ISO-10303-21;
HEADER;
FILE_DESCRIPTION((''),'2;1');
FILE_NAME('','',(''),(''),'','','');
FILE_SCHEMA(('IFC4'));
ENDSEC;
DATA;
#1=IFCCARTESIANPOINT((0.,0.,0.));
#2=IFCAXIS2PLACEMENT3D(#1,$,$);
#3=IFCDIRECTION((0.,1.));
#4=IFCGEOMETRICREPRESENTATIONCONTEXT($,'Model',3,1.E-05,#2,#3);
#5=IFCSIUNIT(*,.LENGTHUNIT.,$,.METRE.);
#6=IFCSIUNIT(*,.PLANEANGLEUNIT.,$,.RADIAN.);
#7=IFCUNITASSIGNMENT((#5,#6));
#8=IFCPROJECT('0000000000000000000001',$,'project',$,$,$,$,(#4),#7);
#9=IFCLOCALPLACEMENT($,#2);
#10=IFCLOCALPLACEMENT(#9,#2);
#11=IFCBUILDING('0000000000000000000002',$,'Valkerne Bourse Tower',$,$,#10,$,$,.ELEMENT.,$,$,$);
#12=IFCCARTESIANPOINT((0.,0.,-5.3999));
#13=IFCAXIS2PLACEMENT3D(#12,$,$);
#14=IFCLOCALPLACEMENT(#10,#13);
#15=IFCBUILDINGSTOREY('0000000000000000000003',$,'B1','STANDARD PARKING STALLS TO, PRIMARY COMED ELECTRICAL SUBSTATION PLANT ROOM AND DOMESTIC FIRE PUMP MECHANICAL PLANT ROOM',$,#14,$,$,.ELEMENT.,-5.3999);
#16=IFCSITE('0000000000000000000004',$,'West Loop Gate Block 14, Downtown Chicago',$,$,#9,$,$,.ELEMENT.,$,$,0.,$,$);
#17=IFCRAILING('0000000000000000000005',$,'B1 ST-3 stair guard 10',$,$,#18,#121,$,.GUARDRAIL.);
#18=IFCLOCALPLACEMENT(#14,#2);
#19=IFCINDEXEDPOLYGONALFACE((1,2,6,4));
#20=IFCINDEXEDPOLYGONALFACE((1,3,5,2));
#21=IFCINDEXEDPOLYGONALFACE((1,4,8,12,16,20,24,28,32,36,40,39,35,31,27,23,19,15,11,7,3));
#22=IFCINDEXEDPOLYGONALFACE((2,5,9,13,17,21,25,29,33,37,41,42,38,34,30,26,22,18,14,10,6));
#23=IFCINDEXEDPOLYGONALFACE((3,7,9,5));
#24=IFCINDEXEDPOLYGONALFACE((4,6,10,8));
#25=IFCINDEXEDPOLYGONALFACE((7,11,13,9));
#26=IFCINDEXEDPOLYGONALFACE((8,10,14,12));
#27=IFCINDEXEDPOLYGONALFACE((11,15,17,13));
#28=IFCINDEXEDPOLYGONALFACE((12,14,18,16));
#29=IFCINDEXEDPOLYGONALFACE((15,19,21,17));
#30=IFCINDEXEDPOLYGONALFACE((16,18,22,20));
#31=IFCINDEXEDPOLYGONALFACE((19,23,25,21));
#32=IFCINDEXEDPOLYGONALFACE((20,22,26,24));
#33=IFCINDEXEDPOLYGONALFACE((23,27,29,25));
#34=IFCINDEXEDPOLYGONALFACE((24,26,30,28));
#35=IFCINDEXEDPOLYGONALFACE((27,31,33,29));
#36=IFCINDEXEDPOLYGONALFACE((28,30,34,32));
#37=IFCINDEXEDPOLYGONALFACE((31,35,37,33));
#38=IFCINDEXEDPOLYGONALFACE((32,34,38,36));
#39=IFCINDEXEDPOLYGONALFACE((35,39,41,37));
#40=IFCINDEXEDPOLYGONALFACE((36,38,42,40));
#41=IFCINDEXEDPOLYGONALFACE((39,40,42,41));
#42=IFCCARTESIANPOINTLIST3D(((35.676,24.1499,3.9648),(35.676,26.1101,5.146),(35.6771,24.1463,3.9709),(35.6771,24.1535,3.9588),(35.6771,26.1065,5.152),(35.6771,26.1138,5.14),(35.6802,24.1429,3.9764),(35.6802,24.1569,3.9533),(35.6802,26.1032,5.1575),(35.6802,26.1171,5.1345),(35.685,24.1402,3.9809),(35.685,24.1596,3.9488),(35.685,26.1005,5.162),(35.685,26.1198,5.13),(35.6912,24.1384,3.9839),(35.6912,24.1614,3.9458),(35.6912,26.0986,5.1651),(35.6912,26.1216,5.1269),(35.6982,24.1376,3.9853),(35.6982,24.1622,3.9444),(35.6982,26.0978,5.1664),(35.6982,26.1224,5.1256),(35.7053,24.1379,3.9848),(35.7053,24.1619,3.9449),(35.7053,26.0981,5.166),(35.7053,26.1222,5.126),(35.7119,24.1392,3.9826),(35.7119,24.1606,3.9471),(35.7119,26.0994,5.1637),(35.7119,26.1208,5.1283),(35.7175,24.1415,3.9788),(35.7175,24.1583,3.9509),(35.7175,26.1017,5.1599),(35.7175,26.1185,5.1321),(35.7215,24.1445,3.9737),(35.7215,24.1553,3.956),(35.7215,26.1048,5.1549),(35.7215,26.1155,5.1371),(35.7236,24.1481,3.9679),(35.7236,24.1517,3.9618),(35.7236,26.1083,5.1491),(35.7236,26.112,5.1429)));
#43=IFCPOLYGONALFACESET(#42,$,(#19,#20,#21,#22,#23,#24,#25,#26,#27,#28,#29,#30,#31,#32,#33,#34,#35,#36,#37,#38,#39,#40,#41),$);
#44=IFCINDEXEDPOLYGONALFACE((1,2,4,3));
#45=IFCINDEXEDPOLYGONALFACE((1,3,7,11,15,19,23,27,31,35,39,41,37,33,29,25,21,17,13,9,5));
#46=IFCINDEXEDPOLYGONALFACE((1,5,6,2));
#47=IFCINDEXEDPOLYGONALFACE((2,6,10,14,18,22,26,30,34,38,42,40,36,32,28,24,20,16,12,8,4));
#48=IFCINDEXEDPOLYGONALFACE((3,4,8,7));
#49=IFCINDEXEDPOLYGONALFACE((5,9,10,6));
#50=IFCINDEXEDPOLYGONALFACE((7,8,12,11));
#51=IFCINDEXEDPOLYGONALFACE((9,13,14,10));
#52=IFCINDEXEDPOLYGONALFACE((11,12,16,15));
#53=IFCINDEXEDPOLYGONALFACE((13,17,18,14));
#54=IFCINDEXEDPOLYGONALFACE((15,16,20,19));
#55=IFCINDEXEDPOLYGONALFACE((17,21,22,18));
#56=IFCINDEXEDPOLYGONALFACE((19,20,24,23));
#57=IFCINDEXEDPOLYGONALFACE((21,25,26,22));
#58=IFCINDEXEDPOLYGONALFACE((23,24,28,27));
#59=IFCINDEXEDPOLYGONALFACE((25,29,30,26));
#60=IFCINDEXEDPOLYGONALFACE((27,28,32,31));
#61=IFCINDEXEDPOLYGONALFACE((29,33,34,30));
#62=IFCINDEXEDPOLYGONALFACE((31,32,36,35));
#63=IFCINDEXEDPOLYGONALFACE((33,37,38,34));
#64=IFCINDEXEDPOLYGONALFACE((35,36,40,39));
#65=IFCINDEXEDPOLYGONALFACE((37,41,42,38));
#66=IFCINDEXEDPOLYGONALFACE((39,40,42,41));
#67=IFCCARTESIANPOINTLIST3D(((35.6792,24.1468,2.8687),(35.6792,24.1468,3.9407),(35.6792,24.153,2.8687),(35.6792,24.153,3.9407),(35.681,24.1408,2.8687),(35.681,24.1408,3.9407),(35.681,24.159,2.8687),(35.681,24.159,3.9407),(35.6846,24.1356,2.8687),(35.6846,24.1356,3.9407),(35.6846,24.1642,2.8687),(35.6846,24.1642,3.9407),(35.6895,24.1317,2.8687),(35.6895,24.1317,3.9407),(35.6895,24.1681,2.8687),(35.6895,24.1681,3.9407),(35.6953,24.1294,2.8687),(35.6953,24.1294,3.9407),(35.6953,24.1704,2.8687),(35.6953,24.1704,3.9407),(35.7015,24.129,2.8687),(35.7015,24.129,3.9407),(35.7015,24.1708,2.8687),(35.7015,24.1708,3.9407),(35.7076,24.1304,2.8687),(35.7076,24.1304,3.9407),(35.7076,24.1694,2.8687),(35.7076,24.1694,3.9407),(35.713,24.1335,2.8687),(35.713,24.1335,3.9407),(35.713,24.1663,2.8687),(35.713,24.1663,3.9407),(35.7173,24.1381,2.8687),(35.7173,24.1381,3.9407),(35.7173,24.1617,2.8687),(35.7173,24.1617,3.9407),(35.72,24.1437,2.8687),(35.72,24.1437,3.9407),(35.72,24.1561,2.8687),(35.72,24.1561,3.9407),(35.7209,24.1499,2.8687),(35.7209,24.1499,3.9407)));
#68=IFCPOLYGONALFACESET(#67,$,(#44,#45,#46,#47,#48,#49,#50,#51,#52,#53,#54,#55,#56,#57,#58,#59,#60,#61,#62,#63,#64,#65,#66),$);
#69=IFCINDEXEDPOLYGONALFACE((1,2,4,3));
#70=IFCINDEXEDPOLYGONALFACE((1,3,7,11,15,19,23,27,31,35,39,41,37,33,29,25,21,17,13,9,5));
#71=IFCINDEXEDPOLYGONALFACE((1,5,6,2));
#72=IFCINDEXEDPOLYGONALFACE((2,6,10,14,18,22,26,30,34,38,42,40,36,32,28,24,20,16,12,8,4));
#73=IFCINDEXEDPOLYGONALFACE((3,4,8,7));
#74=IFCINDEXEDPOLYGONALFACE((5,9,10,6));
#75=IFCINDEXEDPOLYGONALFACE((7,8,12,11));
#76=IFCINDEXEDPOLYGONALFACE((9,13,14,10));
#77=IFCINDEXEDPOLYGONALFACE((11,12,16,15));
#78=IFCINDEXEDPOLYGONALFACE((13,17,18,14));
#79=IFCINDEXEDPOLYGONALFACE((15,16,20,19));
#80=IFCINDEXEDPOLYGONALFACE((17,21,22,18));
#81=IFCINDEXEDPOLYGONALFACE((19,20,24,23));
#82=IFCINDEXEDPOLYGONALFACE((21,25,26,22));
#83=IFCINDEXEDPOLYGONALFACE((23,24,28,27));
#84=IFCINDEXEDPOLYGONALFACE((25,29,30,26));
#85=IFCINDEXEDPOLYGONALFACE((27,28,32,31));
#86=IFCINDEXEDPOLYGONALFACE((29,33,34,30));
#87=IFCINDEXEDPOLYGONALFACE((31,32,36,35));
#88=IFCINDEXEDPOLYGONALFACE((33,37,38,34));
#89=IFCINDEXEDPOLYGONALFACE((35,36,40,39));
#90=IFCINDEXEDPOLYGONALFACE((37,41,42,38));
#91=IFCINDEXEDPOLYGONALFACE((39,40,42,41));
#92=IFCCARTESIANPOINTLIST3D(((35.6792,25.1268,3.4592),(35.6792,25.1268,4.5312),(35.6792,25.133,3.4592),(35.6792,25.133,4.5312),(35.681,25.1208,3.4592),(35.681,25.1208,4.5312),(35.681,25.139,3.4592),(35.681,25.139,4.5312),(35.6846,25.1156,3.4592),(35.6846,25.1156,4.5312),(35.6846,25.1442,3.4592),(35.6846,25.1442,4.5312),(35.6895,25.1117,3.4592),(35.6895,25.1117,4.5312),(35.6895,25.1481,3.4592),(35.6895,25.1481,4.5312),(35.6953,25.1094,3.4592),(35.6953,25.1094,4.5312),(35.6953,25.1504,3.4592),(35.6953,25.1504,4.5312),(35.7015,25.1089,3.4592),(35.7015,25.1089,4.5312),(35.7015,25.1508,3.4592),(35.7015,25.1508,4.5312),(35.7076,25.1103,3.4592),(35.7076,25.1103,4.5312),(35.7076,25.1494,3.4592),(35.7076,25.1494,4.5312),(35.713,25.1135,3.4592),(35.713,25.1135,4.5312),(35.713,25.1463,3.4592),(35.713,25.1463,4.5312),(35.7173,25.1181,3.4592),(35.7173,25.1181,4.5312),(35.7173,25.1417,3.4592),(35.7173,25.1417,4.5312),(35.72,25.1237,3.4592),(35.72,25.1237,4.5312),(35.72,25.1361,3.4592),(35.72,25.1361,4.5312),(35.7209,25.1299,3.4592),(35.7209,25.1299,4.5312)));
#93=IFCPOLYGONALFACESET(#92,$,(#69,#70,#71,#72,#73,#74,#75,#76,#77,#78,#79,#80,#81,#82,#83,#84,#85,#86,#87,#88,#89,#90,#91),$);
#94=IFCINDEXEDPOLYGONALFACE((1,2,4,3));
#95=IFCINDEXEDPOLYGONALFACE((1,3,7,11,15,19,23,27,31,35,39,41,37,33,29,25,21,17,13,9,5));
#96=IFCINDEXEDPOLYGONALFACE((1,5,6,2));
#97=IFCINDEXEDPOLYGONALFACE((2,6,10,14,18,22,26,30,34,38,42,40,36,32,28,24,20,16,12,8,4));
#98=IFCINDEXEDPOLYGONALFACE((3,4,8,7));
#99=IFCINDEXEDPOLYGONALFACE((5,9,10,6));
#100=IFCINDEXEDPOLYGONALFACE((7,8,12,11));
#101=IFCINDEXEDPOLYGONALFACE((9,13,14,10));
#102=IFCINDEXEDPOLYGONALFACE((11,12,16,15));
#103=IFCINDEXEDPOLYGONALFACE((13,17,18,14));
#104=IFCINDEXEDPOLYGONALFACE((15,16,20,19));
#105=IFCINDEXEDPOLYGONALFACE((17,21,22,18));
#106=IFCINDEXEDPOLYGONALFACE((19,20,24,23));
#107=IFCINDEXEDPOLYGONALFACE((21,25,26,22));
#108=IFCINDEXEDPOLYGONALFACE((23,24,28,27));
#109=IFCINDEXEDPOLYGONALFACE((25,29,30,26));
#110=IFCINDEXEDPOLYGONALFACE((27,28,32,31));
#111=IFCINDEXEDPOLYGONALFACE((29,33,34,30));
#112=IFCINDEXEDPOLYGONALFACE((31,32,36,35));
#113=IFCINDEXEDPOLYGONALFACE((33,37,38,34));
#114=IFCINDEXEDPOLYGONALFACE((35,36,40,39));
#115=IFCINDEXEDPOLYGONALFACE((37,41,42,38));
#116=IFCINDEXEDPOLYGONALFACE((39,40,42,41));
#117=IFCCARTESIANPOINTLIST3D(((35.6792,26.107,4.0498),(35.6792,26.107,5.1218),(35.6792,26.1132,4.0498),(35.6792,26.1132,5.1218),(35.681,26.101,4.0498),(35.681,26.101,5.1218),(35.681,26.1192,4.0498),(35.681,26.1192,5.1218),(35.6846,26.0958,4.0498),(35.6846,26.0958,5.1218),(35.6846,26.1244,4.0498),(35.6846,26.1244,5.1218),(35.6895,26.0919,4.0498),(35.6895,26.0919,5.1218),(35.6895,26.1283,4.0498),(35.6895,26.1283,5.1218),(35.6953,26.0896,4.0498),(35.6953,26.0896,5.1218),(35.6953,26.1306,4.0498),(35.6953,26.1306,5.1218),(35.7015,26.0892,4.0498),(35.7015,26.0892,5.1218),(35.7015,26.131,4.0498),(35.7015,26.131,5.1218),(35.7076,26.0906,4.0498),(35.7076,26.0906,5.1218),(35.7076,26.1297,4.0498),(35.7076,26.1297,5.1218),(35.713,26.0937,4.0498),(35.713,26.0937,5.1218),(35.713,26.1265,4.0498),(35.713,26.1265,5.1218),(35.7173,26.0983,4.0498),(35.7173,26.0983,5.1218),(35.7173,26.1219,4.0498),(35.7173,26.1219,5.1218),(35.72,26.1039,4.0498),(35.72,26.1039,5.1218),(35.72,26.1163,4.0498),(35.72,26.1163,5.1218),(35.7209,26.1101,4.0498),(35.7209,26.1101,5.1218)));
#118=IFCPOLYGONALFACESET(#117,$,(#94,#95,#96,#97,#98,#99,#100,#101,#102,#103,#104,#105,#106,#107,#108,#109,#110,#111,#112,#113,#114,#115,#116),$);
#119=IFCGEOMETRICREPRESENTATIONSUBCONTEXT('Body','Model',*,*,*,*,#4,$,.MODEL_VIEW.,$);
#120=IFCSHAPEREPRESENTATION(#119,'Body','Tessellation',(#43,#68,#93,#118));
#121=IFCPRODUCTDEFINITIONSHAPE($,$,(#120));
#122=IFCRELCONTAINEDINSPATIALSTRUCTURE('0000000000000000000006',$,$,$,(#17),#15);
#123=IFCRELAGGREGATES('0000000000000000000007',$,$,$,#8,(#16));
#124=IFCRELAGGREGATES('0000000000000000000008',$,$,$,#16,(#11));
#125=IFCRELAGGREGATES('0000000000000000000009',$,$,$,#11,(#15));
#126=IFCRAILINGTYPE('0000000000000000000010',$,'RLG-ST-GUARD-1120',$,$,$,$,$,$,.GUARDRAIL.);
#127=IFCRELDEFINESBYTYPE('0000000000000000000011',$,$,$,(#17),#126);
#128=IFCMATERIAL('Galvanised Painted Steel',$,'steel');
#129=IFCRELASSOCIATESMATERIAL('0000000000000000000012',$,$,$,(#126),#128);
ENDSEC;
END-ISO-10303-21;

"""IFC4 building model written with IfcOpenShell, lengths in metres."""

from ifc_helpers import new_model, si_unit, direction, frame, origin, origin_2d, place, context, subcontext, project, spatial, circle, extrude, material, type_object, element, save


model = new_model("IFC4")

# Units and contexts
model_context = context("Model", 3, precision=1e-05, world=origin(), true_north=direction((0.0, 1.0)))
body_context = subcontext(model_context, "Body", "Model", "MODEL_VIEW")
ifc_project = project(units=[si_unit("LENGTHUNIT", "METRE"), si_unit("PLANEANGLEUNIT", "RADIAN")], contexts=[model_context])

# Site, building, storey
site_placement = place(None, origin())
site = spatial("IfcSite", under=ifc_project, at=site_placement, Name="West Loop Gate Block 14, Downtown Chicago", CompositionType="ELEMENT", RefElevation=0.0)
building_placement = place(site_placement, origin())
building = spatial("IfcBuilding", under=site, at=building_placement, Name="Valkerne Bourse Tower", CompositionType="ELEMENT")
storey_placement = place(building_placement, frame((0.0, 0.0, -5.3999)))
storey = spatial("IfcBuildingStorey", under=building, at=storey_placement, Name="B1", Description="STANDARD PARKING STALLS TO, PRIMARY COMED ELECTRICAL SUBSTATION PLANT ROOM AND DOMESTIC FIRE PUMP MECHANICAL PLANT ROOM", CompositionType="ELEMENT", Elevation=-5.3999)

# Shared definitions
ifc_material_1 = material(Name="Galvanised Painted Steel", Category="steel")

# Railing
railing_type_1 = type_object("IfcRailingType", Name="RLG-ST-GUARD-1120", PredefinedType="GUARDRAIL", material=ifc_material_1)
railing_1_placement = place(storey_placement, frame((35.7, 24.1499, 2.8687)))
element("IfcRailing", 1, at=railing_1_placement, inside=storey, type_object=railing_type_1, Name="B1 ST-3 stair guard 10", PredefinedType="GUARDRAIL", context=body_context, shape_type="SweptSolid", body=[
    extrude(circle(Radius=0.0239, at=origin_2d()), frame((0.0, 0.0, 1.0962), z_axis=(0.0, 0.856522, 0.516111), x_axis=(-1.0, 0.0, 0.0)), (0.0, 0.0, 1.0), 2.2886),
    extrude(circle(Radius=0.021, at=origin_2d()), origin(), (0.0, 0.0, 1.0), 1.072),
    extrude(circle(Radius=0.021, at=origin_2d()), frame((0.0, 0.98, 0.5906)), (0.0, 0.0, 1.0), 1.072),
    extrude(circle(Radius=0.021, at=origin_2d()), frame((0.0, 1.9602, 1.1812)), (0.0, 0.0, 1.0), 1.072),
])

save(model, "model.ifc")
